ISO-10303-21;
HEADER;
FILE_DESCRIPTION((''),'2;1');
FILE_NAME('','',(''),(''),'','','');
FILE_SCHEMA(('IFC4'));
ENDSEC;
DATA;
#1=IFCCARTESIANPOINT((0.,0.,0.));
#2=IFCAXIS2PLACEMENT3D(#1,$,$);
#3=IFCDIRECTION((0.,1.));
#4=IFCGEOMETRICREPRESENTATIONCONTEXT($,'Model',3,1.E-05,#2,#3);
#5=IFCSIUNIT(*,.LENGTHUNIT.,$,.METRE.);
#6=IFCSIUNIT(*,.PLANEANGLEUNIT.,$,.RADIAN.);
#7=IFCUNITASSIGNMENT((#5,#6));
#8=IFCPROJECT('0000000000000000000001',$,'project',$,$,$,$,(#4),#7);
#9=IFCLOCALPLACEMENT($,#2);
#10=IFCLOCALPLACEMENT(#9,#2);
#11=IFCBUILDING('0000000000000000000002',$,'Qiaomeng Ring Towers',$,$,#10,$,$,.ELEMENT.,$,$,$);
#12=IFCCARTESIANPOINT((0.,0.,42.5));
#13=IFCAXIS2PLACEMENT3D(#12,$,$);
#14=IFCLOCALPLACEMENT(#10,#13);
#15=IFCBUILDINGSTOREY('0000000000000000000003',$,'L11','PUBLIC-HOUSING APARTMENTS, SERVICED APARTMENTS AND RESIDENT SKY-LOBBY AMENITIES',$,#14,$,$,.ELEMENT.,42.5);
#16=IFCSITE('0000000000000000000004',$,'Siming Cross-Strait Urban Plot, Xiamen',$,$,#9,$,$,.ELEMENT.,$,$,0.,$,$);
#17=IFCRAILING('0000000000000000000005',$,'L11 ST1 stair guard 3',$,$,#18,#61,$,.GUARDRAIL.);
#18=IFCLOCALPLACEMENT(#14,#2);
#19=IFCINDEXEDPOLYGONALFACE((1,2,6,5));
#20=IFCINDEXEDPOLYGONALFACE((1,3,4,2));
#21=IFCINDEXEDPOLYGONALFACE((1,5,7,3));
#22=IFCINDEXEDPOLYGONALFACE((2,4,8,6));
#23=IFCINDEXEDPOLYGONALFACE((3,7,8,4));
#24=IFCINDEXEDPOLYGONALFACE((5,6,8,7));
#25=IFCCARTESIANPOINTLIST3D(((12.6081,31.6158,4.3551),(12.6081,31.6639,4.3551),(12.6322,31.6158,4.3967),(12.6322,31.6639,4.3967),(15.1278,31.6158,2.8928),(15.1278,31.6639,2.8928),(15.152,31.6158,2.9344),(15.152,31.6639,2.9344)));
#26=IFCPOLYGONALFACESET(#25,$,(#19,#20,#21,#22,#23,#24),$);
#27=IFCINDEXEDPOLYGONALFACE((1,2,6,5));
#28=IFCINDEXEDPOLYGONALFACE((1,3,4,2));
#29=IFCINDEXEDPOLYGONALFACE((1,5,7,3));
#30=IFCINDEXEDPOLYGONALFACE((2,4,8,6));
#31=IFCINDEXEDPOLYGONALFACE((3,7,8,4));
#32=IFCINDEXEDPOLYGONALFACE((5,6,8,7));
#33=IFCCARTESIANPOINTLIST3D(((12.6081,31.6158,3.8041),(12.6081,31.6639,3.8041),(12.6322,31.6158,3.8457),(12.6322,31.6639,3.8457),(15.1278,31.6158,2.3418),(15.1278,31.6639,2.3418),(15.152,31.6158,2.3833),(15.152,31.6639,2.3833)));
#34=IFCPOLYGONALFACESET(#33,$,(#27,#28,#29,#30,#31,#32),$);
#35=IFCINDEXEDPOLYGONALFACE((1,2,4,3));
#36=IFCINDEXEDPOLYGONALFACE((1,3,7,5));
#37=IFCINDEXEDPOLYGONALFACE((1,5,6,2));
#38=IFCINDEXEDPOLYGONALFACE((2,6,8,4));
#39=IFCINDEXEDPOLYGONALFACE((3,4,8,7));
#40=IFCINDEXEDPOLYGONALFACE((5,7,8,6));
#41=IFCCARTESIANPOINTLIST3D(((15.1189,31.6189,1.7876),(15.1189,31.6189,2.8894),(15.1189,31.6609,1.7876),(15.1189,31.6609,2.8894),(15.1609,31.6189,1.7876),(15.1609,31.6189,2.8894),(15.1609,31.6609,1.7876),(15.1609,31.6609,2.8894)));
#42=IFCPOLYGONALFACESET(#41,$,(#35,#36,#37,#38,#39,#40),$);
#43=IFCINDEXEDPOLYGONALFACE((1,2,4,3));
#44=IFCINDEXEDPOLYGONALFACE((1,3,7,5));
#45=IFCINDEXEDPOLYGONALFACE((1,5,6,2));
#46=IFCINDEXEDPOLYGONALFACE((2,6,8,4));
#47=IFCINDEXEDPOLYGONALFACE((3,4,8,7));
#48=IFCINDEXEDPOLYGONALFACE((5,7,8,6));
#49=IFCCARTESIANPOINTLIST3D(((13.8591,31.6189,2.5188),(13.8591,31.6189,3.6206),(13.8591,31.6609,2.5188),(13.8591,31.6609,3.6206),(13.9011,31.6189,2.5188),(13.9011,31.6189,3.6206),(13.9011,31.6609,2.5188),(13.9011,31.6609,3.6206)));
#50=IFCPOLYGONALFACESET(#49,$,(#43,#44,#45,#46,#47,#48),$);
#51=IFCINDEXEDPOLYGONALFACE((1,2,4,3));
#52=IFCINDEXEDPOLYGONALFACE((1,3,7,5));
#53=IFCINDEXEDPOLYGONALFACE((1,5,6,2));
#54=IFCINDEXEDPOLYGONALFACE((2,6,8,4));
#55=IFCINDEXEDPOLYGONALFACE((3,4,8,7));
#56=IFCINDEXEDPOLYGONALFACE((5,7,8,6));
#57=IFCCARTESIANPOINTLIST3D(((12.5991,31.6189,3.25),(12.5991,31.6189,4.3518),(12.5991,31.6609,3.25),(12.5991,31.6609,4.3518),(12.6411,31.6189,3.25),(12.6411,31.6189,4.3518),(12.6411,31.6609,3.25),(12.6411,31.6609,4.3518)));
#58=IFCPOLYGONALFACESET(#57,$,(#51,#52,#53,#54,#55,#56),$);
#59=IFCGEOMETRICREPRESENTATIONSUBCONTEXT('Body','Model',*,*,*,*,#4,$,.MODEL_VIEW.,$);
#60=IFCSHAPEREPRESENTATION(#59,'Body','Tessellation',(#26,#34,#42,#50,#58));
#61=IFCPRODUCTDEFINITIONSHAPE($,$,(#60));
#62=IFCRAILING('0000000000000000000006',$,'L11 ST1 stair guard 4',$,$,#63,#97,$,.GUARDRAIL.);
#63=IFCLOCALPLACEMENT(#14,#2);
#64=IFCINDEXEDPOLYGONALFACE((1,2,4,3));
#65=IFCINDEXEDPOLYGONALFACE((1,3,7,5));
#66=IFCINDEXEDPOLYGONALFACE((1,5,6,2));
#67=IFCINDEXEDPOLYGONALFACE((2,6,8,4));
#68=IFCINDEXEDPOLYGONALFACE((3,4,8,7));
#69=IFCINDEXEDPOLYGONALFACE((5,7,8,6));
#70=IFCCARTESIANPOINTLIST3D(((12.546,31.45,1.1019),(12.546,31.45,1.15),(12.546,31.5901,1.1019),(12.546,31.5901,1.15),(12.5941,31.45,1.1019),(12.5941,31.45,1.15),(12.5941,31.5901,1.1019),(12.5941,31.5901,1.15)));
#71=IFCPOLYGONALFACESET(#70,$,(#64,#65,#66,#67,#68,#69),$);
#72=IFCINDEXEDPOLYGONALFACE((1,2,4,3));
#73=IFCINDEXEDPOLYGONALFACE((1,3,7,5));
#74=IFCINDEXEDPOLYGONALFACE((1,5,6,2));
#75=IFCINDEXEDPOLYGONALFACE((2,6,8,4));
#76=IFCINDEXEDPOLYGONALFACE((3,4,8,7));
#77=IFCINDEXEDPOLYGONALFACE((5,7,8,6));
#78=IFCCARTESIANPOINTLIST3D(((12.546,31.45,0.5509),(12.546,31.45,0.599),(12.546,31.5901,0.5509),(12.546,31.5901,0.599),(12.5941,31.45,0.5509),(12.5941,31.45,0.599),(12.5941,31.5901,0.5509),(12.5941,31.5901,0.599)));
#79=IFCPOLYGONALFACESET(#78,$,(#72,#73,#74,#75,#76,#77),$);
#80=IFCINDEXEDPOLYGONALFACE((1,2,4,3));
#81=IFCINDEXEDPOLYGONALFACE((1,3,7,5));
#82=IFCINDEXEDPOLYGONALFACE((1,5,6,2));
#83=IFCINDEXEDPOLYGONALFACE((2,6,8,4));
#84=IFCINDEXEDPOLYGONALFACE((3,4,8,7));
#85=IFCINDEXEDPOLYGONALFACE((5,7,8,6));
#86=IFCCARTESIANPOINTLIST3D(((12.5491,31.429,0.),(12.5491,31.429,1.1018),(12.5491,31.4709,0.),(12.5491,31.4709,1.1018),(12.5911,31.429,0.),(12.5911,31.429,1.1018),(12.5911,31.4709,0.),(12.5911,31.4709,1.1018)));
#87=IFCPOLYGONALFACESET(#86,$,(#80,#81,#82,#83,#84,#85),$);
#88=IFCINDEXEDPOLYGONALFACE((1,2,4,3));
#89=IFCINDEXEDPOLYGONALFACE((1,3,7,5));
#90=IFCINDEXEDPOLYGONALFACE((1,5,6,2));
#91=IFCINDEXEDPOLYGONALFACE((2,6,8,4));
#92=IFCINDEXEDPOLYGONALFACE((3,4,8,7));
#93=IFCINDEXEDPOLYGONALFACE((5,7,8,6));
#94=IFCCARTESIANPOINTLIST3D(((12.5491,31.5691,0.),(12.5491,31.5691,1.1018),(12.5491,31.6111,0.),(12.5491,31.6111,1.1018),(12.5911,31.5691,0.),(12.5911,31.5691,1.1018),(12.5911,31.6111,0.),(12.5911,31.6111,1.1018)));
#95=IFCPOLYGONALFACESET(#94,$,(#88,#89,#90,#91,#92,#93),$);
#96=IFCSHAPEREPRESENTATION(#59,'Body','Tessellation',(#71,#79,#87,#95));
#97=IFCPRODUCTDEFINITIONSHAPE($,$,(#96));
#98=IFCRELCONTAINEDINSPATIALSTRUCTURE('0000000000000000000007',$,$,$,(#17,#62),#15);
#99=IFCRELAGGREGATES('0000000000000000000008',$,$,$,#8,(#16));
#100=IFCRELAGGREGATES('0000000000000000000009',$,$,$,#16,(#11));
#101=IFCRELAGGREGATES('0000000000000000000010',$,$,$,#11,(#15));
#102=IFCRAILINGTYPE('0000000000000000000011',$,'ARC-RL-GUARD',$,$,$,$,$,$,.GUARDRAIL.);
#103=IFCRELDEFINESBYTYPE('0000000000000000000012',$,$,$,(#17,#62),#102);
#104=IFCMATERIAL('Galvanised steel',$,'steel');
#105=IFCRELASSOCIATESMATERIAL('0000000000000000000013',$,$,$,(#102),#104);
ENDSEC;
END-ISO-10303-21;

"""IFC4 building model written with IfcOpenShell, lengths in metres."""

from ifc_helpers import new_model, si_unit, direction, frame, origin, origin_2d, place, context, subcontext, project, spatial, rectangle, extrude, material, type_object, element, save


model = new_model("IFC4")

# Units and contexts
model_context = context("Model", 3, precision=1e-05, world=origin(), true_north=direction((0.0, 1.0)))
body_context = subcontext(model_context, "Body", "Model", "MODEL_VIEW")
ifc_project = project(units=[si_unit("LENGTHUNIT", "METRE"), si_unit("PLANEANGLEUNIT", "RADIAN")], contexts=[model_context])

# Site, building, storey
site_placement = place(None, origin())
site = spatial("IfcSite", under=ifc_project, at=site_placement, Name="Siming Cross-Strait Urban Plot, Xiamen", CompositionType="ELEMENT", RefElevation=0.0)
building_placement = place(site_placement, origin())
building = spatial("IfcBuilding", under=site, at=building_placement, Name="Qiaomeng Ring Towers", CompositionType="ELEMENT")
storey_placement = place(building_placement, frame((0.0, 0.0, 42.5)))
storey = spatial("IfcBuildingStorey", under=building, at=storey_placement, Name="L11", Description="PUBLIC-HOUSING APARTMENTS, SERVICED APARTMENTS AND RESIDENT SKY-LOBBY AMENITIES", CompositionType="ELEMENT", Elevation=42.5)

# Shared definitions
ifc_material_1 = material(Name="Galvanised steel", Category="steel")

# Railings
railing_type_1 = type_object("IfcRailingType", Name="ARC-RL-GUARD", PredefinedType="GUARDRAIL", material=ifc_material_1)
railing_1_placement = place(storey_placement, frame((15.1399, 31.6399, 1.7876)))
element("IfcRailing", 1, at=railing_1_placement, inside=storey, type_object=railing_type_1, Name="L11 ST1 stair guard 3", PredefinedType="GUARDRAIL", context=body_context, shape_type="SweptSolid", body=[
    extrude(rectangle(XDim=0.0481, YDim=0.0481, at=origin_2d()), frame((0.0, 0.0, 1.126), z_axis=(-0.864892, 0.0, 0.501958), x_axis=(0.0, -1.0, 0.0)), (0.0, 0.0, 1.0), 2.9133),
    extrude(rectangle(XDim=0.0481, YDim=0.0481, at=origin_2d()), frame((0.0, 0.0, 0.575), z_axis=(-0.864892, 0.0, 0.501958), x_axis=(0.0, -1.0, 0.0)), (0.0, 0.0, 1.0), 2.9133),
    extrude(rectangle(XDim=0.042, YDim=0.042, at=origin_2d()), origin(), (0.0, 0.0, 1.0), 1.1018),
    extrude(rectangle(XDim=0.042, YDim=0.042, at=origin_2d()), frame((-1.2598, 0.0, 0.7312)), (0.0, 0.0, 1.0), 1.1018),
    extrude(rectangle(XDim=0.042, YDim=0.042, at=origin_2d()), frame((-2.5198, 0.0, 1.4624)), (0.0, 0.0, 1.0), 1.1018),
])
railing_2_placement = place(storey_placement, frame((12.5701, 31.45, 0.0)))
element("IfcRailing", 2, at=railing_2_placement, inside=storey, type_object=railing_type_1, Name="L11 ST1 stair guard 4", PredefinedType="GUARDRAIL", context=body_context, shape_type="SweptSolid", body=[
    extrude(rectangle(XDim=0.0481, YDim=0.0481, at=origin_2d()), frame((0.0, 0.0, 1.126), z_axis=(0.0, 1.0, 0.0), x_axis=(-1.0, 0.0, 0.0)), (0.0, 0.0, 1.0), 0.1401),
    extrude(rectangle(XDim=0.0481, YDim=0.0481, at=origin_2d()), frame((0.0, 0.0, 0.575), z_axis=(0.0, 1.0, 0.0), x_axis=(-1.0, 0.0, 0.0)), (0.0, 0.0, 1.0), 0.1401),
    extrude(rectangle(XDim=0.042, YDim=0.042, at=origin_2d()), origin(), (0.0, 0.0, 1.0), 1.1018),
    extrude(rectangle(XDim=0.042, YDim=0.042, at=origin_2d()), frame((0.0, 0.1401, 0.0)), (0.0, 0.0, 1.0), 1.1018),
])

save(model, "model.ifc")
